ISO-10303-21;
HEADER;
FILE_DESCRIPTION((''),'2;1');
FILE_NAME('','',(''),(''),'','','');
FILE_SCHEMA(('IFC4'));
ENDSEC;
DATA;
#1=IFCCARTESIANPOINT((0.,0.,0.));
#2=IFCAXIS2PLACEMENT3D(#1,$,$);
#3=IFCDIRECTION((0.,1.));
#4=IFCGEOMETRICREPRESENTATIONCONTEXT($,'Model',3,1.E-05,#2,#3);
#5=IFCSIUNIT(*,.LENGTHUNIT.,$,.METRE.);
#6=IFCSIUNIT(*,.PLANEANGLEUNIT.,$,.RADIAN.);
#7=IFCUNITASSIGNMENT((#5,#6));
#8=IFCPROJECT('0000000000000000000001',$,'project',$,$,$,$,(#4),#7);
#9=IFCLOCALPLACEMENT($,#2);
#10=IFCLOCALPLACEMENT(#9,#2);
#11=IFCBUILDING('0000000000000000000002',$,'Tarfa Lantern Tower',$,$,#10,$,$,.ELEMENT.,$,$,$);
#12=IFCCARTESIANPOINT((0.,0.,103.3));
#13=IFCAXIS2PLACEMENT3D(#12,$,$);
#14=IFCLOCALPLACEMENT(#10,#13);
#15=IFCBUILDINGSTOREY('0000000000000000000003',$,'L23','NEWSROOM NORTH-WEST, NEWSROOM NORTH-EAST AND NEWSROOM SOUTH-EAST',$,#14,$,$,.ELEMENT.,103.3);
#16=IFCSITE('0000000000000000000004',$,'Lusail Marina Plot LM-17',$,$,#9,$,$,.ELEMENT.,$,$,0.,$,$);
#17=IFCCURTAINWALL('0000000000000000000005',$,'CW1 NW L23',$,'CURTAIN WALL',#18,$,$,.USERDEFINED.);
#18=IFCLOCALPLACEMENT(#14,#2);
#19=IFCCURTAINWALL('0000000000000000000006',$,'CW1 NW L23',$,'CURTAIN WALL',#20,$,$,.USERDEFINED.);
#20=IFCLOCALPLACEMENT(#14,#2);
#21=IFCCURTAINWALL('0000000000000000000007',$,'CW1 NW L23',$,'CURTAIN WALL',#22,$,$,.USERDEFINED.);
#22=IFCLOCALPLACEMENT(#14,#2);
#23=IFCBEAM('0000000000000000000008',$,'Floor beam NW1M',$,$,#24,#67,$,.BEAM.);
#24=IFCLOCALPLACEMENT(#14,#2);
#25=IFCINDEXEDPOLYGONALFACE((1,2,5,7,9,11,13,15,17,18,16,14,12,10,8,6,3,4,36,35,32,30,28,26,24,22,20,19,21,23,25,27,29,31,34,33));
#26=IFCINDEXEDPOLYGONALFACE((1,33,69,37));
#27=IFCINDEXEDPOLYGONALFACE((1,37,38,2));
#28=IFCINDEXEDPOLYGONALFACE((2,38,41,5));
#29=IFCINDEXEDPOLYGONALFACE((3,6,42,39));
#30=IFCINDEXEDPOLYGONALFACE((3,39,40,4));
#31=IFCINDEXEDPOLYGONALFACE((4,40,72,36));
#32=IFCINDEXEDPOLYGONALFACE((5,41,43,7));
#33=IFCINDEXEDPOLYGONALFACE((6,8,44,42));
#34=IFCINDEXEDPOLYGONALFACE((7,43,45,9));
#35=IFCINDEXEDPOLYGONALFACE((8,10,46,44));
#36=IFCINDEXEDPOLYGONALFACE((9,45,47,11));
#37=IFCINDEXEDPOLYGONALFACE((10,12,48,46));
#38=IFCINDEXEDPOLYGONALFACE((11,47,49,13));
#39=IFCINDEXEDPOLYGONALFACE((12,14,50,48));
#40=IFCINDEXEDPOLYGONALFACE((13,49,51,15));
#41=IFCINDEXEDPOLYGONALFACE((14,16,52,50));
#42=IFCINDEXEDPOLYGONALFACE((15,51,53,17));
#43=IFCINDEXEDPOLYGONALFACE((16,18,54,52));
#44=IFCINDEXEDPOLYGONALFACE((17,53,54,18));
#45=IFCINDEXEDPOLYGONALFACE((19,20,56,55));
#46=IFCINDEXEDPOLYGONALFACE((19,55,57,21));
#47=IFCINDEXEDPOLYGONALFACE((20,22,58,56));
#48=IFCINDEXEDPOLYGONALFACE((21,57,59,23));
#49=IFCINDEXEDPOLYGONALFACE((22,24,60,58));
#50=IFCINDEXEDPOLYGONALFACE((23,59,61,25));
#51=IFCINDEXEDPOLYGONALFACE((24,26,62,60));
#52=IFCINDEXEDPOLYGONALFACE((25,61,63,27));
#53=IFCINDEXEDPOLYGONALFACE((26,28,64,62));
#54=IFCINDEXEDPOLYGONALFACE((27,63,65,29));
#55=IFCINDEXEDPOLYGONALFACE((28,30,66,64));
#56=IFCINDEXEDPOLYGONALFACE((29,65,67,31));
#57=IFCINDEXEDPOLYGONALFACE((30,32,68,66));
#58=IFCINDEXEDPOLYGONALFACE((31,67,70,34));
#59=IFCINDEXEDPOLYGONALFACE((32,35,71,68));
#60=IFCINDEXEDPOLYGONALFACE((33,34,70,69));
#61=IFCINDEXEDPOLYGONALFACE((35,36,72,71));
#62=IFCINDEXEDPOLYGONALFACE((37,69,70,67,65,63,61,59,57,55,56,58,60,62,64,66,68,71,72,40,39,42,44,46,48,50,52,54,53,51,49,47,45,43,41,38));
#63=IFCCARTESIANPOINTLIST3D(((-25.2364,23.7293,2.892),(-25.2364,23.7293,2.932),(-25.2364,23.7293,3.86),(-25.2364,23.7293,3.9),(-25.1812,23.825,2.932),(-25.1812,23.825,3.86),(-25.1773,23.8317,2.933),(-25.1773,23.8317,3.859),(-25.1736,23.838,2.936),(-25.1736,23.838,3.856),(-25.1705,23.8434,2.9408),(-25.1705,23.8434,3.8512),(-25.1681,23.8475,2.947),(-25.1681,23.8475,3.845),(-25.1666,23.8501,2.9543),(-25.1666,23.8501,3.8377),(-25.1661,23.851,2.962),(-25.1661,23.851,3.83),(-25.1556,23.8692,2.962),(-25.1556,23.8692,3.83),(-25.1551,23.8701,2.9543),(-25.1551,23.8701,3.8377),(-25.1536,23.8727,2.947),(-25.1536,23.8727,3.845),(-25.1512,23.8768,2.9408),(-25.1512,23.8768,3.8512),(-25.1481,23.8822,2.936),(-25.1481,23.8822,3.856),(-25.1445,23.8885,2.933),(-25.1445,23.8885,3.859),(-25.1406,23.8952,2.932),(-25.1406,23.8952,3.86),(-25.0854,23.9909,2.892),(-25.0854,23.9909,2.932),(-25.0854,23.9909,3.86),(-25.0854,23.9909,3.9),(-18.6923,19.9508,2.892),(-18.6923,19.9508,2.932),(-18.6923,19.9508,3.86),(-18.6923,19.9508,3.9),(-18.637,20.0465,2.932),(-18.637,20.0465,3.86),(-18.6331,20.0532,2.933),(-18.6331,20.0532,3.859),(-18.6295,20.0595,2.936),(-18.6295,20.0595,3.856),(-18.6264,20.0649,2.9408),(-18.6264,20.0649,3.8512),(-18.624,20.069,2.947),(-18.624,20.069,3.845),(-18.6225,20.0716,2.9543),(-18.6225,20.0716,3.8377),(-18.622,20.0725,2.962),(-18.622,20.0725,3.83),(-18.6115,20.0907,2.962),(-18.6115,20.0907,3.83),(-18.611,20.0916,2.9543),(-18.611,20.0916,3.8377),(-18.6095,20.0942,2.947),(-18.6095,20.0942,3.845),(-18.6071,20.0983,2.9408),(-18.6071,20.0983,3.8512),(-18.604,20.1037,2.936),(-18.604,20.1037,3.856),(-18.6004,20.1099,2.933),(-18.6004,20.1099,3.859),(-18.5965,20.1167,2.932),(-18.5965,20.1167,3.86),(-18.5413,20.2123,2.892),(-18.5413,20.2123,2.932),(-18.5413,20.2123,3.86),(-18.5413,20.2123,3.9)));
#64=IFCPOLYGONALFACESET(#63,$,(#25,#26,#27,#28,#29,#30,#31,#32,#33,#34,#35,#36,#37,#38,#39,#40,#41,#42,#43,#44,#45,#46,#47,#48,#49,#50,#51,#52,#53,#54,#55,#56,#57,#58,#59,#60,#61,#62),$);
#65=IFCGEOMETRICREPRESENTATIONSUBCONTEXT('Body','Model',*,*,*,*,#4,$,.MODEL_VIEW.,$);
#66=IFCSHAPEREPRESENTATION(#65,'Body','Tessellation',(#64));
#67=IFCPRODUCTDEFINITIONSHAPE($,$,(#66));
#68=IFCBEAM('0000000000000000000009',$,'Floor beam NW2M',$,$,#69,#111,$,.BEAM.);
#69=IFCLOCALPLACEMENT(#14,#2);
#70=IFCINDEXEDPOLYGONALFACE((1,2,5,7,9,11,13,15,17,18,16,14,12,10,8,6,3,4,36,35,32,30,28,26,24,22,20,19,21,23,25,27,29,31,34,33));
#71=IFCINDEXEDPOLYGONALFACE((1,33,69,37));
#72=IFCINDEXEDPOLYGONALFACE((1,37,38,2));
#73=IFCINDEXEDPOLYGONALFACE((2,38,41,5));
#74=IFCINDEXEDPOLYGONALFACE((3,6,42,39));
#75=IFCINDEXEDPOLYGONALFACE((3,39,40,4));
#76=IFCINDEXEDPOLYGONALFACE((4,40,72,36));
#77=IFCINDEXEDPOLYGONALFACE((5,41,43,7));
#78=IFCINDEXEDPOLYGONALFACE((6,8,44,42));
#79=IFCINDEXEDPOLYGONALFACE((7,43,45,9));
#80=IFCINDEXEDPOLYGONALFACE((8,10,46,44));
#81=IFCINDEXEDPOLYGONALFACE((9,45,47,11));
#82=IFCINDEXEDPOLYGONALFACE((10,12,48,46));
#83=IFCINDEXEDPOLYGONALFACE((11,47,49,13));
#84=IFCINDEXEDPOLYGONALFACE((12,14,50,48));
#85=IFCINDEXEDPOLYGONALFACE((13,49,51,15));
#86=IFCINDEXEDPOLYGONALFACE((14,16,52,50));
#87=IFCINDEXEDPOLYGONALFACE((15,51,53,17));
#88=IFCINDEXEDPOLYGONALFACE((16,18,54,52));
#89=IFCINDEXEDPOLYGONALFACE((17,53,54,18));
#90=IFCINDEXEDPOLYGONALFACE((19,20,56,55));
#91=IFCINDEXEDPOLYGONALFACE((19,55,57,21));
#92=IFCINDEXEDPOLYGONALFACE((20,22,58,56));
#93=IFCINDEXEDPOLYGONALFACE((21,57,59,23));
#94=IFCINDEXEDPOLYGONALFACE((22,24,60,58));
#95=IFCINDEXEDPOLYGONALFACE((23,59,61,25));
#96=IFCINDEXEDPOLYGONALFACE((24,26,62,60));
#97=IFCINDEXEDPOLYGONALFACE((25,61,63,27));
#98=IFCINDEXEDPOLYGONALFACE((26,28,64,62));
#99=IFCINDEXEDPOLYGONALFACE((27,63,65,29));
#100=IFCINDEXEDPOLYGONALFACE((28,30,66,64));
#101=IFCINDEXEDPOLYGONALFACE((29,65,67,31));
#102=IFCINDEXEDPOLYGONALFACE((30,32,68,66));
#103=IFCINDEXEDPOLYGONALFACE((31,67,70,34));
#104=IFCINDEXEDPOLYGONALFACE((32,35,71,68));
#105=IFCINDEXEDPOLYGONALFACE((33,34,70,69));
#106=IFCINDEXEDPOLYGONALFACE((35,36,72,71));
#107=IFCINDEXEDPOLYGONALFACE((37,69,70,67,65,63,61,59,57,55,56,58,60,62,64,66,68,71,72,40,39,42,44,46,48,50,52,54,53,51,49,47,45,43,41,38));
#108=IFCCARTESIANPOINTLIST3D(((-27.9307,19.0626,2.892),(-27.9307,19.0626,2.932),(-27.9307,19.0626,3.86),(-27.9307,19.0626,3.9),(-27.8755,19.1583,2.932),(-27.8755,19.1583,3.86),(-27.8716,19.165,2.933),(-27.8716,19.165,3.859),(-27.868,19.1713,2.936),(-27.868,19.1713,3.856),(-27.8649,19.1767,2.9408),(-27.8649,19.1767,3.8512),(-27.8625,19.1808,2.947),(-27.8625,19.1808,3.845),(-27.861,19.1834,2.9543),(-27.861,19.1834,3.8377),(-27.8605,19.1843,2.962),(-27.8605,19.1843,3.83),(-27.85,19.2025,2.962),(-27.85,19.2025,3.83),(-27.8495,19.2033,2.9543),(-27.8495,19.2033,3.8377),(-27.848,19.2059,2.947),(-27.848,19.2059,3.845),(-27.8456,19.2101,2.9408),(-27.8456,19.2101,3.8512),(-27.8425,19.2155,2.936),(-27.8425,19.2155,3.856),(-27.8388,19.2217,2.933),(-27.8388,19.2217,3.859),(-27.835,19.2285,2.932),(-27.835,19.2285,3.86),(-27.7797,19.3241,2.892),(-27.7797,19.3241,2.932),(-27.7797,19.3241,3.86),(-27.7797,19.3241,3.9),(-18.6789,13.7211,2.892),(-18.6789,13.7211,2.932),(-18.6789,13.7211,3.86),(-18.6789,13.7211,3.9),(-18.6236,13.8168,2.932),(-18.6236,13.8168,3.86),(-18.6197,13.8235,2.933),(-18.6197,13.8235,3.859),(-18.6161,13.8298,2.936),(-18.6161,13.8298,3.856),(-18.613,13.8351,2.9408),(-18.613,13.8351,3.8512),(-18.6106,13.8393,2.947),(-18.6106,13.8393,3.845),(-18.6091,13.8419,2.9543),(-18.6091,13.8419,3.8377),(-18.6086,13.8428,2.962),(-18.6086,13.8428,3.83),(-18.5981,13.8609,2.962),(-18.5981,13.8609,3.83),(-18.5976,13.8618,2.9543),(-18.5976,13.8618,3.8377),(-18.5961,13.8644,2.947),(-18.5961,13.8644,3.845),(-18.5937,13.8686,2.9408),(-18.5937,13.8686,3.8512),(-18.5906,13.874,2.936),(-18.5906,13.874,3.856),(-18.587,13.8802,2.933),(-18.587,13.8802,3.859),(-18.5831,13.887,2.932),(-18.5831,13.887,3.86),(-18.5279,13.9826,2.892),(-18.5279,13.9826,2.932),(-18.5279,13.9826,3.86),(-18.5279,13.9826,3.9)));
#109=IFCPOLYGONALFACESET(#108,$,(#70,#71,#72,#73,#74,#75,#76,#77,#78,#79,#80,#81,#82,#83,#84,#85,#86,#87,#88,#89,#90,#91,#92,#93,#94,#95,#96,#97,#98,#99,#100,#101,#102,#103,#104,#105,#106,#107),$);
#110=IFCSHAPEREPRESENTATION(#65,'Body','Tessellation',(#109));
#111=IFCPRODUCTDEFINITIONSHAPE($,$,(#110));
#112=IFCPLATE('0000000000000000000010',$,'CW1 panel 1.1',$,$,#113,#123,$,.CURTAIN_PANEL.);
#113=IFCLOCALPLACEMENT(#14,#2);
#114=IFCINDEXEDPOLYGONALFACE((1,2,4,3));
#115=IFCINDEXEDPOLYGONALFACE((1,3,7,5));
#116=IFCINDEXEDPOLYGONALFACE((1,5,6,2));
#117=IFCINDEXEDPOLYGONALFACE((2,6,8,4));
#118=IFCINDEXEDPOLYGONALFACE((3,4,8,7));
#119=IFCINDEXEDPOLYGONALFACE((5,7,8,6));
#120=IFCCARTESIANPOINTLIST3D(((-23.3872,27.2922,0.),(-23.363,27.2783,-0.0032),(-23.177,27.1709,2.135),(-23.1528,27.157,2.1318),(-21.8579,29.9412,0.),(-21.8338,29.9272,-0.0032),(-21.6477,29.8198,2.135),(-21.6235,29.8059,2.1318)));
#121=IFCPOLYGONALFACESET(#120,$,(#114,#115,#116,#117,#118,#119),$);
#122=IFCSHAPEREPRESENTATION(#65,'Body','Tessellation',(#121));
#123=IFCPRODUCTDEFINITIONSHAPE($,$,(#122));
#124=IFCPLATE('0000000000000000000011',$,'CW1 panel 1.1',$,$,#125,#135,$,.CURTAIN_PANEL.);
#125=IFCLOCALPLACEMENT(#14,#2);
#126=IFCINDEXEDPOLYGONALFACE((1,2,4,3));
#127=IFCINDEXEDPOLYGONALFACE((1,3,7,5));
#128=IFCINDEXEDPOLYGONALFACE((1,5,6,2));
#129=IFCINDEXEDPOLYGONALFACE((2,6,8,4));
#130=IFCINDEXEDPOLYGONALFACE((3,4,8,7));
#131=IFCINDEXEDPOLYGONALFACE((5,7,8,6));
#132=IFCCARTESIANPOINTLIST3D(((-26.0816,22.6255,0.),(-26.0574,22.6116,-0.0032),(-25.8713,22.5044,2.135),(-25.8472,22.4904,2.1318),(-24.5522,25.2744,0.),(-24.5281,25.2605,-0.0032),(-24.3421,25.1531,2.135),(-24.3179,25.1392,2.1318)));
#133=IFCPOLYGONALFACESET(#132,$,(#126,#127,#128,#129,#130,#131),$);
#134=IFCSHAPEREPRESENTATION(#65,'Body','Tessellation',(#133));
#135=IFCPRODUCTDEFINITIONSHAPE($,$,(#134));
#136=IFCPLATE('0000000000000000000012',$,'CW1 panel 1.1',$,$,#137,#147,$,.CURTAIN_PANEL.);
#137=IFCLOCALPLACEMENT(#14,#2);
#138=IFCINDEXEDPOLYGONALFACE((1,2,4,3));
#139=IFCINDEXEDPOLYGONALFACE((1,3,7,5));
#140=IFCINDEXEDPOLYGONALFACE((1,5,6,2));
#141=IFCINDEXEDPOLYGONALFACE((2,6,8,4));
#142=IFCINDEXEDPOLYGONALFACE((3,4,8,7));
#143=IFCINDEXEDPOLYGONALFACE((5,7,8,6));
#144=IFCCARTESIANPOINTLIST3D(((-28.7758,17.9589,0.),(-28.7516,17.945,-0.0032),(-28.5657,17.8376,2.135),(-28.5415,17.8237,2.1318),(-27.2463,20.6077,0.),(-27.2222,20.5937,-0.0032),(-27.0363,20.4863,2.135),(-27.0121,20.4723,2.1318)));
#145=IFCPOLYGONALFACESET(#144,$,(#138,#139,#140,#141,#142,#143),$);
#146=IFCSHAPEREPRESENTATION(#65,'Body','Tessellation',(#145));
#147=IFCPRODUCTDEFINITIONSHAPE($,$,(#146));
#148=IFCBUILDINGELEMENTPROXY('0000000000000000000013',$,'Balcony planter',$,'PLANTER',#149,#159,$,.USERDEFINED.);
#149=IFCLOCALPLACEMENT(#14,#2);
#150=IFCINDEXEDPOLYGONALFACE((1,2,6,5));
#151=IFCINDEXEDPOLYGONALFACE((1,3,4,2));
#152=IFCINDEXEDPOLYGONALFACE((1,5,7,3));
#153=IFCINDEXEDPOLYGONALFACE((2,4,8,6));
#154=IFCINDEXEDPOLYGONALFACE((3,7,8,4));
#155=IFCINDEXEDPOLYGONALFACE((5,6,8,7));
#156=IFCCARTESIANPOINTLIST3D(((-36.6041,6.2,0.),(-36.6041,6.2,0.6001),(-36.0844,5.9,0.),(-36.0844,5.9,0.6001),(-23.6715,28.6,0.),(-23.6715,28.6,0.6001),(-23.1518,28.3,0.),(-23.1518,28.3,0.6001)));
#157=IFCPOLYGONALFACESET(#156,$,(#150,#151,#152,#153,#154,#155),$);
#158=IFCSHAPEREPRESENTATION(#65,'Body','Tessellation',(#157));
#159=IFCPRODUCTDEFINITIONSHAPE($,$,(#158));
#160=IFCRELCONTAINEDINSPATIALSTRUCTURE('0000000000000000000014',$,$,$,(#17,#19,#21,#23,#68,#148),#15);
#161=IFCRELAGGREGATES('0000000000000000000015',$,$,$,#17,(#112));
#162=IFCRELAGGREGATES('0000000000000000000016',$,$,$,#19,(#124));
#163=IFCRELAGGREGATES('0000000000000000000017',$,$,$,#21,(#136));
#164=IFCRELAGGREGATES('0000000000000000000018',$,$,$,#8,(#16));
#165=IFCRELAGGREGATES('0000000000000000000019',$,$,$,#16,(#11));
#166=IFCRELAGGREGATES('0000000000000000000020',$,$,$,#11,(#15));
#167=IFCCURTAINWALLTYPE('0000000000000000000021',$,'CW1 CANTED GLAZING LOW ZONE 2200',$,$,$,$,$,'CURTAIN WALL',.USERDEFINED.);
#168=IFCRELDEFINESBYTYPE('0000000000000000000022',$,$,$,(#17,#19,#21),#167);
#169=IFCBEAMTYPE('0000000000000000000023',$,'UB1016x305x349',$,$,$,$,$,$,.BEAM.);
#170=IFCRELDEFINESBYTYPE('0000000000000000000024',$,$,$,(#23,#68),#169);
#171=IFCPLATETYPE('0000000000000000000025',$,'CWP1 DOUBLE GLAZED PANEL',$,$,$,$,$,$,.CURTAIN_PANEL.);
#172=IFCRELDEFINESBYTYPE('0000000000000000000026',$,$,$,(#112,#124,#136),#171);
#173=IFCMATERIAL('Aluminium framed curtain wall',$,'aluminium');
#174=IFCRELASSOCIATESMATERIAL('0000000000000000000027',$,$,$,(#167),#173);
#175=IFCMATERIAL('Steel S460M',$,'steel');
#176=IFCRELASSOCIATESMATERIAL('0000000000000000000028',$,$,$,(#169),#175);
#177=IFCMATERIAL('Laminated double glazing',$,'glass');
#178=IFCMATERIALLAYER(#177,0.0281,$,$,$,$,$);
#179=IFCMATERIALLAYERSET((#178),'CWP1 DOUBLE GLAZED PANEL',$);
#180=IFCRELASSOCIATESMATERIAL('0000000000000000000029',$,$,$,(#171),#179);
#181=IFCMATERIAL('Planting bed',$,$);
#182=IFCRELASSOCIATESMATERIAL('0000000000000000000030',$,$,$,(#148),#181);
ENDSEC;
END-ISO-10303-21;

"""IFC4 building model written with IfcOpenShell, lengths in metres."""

from ifc_helpers import new_model, si_unit, direction, frame, origin, origin_2d, place, context, subcontext, project, spatial, polyline, rectangle, i_section, outline, extrude, material, layer, layer_set, material_profile, profile_set, type_object, element, aggregate, save


model = new_model("IFC4")

# Units and contexts
model_context = context("Model", 3, precision=1e-05, world=origin(), true_north=direction((0.0, 1.0)))
body_context = subcontext(model_context, "Body", "Model", "MODEL_VIEW")
ifc_project = project(units=[si_unit("LENGTHUNIT", "METRE"), si_unit("PLANEANGLEUNIT", "RADIAN")], contexts=[model_context])

# Site, building, storey
site_placement = place(None, origin())
site = spatial("IfcSite", under=ifc_project, at=site_placement, Name="Lusail Marina Plot LM-17", CompositionType="ELEMENT", RefElevation=0.0)
building_placement = place(site_placement, origin())
building = spatial("IfcBuilding", under=site, at=building_placement, Name="Tarfa Lantern Tower", CompositionType="ELEMENT")
storey_placement = place(building_placement, frame((0.0, 0.0, 103.3)))
storey = spatial("IfcBuildingStorey", under=building, at=storey_placement, Name="L23", Description="NEWSROOM NORTH-WEST, NEWSROOM NORTH-EAST AND NEWSROOM SOUTH-EAST", CompositionType="ELEMENT", Elevation=103.3)

# Curtain wall
ifc_material_1 = material(Name="Aluminium framed curtain wall", Category="aluminium")
curtain_wall_type = type_object("IfcCurtainWallType", Name="CW1 CANTED GLAZING LOW ZONE 2200", ElementType="CURTAIN WALL", PredefinedType="USERDEFINED", material=ifc_material_1)
curtain_wall_1_placement = place(storey_placement, origin())
curtain_wall_1 = element("IfcCurtainWall", 1, at=curtain_wall_1_placement, inside=storey, type_object=curtain_wall_type, Name="CW1 NW L23", ObjectType="CURTAIN WALL", PredefinedType="USERDEFINED")

# Curtain walls
curtain_wall_2_placement = place(storey_placement, origin())
curtain_wall_2 = element("IfcCurtainWall", 2, at=curtain_wall_2_placement, inside=storey, type_object=curtain_wall_type, Name="CW1 NW L23", ObjectType="CURTAIN WALL", PredefinedType="USERDEFINED")
curtain_wall_3_placement = place(storey_placement, origin())
curtain_wall_3 = element("IfcCurtainWall", 3, at=curtain_wall_3_placement, inside=storey, type_object=curtain_wall_type, Name="CW1 NW L23", ObjectType="CURTAIN WALL", PredefinedType="USERDEFINED")

# Beams
ifc_material_2 = material(Name="Steel S460M", Category="steel")
ifc_material_profile_1 = material_profile(ifc_material_2, i_section(OverallWidth=0.302, OverallDepth=1.0081, WebThickness=0.021, FlangeThickness=0.04, FilletRadius=0.03, at=origin_2d()), Name="UB1016x305x349")
ifc_profile_set_1 = profile_set([ifc_material_profile_1], Name="Steel S460M")
beam_type_1 = type_object("IfcBeamType", Name="UB1016x305x349", PredefinedType="BEAM", material=ifc_profile_set_1)
beam_1_placement = place(storey_placement, frame((-25.1609, 23.8601, 3.396), z_axis=(0.86601, -0.500027, 0.0), x_axis=(0.500027, 0.86601, 0.0)))
element("IfcBeam", 4, at=beam_1_placement, inside=storey, type_object=beam_type_1, Name="Floor beam NW1M", PredefinedType="BEAM", context=body_context, shape_type="SweptSolid", body=[
    extrude(i_section(OverallWidth=0.302, OverallDepth=1.0081, WebThickness=0.021, FlangeThickness=0.04, FilletRadius=0.03, at=origin_2d()), origin(), (0.0, 0.0, 1.0), 7.5566),
])
beam_2_placement = place(storey_placement, frame((-27.8552, 19.1934, 3.396), z_axis=(0.866028, -0.499995, 0.0), x_axis=(0.499995, 0.866028, 0.0)))
element("IfcBeam", 5, at=beam_2_placement, inside=storey, type_object=beam_type_1, Name="Floor beam NW2M", PredefinedType="BEAM", context=body_context, shape_type="SweptSolid", body=[
    extrude(i_section(OverallWidth=0.302, OverallDepth=1.0081, WebThickness=0.021, FlangeThickness=0.04, FilletRadius=0.03, at=origin_2d()), origin(), (0.0, 0.0, 1.0), 10.6831),
])

# Plates
ifc_material_3 = material(Name="Laminated double glazing", Category="glass")
ifc_layer = layer(ifc_material_3, 0.0281)
ifc_layer_set = layer_set([ifc_layer], Name="CWP1 DOUBLE GLAZED PANEL")
plate_type = type_object("IfcPlateType", Name="CWP1 DOUBLE GLAZED PANEL", PredefinedType="CURTAIN_PANEL", material=ifc_layer_set)
plate_1_placement = place(storey_placement, frame((-21.8579, 29.9412, 0.0), z_axis=(-0.860492, 0.496785, 0.112954), x_axis=(-0.499985, -0.866034, 0.0)))
plate_1 = element("IfcPlate", 6, at=plate_1_placement, type_object=plate_type, Name="CW1 panel 1.1", PredefinedType="CURTAIN_PANEL", context=body_context, shape_type="SweptSolid", body=[
    extrude(outline(polyline([(0.0, 0.0), (3.0587, 0.0), (3.0587, 2.1488), (0.0, 2.1488), (0.0, 0.0)])), origin(), (0.0, 0.0, -1.0), 0.0281),
])
aggregate(curtain_wall_1, [plate_1])
plate_2_placement = place(storey_placement, frame((-24.5522, 25.2744, 0.0), z_axis=(-0.860484, 0.496804, 0.112926), x_axis=(-0.500002, -0.866024, 0.000002)))
plate_2 = element("IfcPlate", 7, at=plate_2_placement, type_object=plate_type, Name="CW1 panel 1.1", PredefinedType="CURTAIN_PANEL", context=body_context, shape_type="SweptSolid", body=[
    extrude(outline(polyline([(0.0, 0.0), (3.0587, 0.0), (3.0585, 2.1487), (0.0, 2.1488), (0.0, 0.0)])), origin(), (0.0, 0.0, -1.0), 0.0281),
])
aggregate(curtain_wall_2, [plate_2])
plate_3_placement = place(storey_placement, frame((-27.2463, 20.6077, 0.0), z_axis=(-0.860459, 0.496852, 0.112906), x_axis=(-0.50005, -0.865997, -0.000004)))
plate_3 = element("IfcPlate", 8, at=plate_3_placement, type_object=plate_type, Name="CW1 panel 1.1", PredefinedType="CURTAIN_PANEL", context=body_context, shape_type="SweptSolid", body=[
    extrude(outline(polyline([(0.0, 0.0), (3.0586, 0.0), (3.0586, 2.1488), (0.0001, 2.1487), (0.0, 0.0)])), origin(), (0.0, 0.0, -1.0), 0.0281),
])
aggregate(curtain_wall_3, [plate_3])

# Building element proxy
ifc_material_4 = material(Name="Planting bed")
proxy_placement = place(storey_placement, frame((-29.8779, 17.25, 0.0), z_axis=(0.0, 0.0, 1.0), x_axis=(-0.5, -0.866025, 0.0)))
element("IfcBuildingElementProxy", 9, at=proxy_placement, inside=storey, material=ifc_material_4, Name="Balcony planter", ObjectType="PLANTER", PredefinedType="USERDEFINED", context=body_context, shape_type="SweptSolid", body=[
    extrude(rectangle(XDim=25.8652, YDim=0.6001, at=origin_2d()), origin(), (0.0, 0.0, 1.0), 0.6001),
])

save(model, "model.ifc")
